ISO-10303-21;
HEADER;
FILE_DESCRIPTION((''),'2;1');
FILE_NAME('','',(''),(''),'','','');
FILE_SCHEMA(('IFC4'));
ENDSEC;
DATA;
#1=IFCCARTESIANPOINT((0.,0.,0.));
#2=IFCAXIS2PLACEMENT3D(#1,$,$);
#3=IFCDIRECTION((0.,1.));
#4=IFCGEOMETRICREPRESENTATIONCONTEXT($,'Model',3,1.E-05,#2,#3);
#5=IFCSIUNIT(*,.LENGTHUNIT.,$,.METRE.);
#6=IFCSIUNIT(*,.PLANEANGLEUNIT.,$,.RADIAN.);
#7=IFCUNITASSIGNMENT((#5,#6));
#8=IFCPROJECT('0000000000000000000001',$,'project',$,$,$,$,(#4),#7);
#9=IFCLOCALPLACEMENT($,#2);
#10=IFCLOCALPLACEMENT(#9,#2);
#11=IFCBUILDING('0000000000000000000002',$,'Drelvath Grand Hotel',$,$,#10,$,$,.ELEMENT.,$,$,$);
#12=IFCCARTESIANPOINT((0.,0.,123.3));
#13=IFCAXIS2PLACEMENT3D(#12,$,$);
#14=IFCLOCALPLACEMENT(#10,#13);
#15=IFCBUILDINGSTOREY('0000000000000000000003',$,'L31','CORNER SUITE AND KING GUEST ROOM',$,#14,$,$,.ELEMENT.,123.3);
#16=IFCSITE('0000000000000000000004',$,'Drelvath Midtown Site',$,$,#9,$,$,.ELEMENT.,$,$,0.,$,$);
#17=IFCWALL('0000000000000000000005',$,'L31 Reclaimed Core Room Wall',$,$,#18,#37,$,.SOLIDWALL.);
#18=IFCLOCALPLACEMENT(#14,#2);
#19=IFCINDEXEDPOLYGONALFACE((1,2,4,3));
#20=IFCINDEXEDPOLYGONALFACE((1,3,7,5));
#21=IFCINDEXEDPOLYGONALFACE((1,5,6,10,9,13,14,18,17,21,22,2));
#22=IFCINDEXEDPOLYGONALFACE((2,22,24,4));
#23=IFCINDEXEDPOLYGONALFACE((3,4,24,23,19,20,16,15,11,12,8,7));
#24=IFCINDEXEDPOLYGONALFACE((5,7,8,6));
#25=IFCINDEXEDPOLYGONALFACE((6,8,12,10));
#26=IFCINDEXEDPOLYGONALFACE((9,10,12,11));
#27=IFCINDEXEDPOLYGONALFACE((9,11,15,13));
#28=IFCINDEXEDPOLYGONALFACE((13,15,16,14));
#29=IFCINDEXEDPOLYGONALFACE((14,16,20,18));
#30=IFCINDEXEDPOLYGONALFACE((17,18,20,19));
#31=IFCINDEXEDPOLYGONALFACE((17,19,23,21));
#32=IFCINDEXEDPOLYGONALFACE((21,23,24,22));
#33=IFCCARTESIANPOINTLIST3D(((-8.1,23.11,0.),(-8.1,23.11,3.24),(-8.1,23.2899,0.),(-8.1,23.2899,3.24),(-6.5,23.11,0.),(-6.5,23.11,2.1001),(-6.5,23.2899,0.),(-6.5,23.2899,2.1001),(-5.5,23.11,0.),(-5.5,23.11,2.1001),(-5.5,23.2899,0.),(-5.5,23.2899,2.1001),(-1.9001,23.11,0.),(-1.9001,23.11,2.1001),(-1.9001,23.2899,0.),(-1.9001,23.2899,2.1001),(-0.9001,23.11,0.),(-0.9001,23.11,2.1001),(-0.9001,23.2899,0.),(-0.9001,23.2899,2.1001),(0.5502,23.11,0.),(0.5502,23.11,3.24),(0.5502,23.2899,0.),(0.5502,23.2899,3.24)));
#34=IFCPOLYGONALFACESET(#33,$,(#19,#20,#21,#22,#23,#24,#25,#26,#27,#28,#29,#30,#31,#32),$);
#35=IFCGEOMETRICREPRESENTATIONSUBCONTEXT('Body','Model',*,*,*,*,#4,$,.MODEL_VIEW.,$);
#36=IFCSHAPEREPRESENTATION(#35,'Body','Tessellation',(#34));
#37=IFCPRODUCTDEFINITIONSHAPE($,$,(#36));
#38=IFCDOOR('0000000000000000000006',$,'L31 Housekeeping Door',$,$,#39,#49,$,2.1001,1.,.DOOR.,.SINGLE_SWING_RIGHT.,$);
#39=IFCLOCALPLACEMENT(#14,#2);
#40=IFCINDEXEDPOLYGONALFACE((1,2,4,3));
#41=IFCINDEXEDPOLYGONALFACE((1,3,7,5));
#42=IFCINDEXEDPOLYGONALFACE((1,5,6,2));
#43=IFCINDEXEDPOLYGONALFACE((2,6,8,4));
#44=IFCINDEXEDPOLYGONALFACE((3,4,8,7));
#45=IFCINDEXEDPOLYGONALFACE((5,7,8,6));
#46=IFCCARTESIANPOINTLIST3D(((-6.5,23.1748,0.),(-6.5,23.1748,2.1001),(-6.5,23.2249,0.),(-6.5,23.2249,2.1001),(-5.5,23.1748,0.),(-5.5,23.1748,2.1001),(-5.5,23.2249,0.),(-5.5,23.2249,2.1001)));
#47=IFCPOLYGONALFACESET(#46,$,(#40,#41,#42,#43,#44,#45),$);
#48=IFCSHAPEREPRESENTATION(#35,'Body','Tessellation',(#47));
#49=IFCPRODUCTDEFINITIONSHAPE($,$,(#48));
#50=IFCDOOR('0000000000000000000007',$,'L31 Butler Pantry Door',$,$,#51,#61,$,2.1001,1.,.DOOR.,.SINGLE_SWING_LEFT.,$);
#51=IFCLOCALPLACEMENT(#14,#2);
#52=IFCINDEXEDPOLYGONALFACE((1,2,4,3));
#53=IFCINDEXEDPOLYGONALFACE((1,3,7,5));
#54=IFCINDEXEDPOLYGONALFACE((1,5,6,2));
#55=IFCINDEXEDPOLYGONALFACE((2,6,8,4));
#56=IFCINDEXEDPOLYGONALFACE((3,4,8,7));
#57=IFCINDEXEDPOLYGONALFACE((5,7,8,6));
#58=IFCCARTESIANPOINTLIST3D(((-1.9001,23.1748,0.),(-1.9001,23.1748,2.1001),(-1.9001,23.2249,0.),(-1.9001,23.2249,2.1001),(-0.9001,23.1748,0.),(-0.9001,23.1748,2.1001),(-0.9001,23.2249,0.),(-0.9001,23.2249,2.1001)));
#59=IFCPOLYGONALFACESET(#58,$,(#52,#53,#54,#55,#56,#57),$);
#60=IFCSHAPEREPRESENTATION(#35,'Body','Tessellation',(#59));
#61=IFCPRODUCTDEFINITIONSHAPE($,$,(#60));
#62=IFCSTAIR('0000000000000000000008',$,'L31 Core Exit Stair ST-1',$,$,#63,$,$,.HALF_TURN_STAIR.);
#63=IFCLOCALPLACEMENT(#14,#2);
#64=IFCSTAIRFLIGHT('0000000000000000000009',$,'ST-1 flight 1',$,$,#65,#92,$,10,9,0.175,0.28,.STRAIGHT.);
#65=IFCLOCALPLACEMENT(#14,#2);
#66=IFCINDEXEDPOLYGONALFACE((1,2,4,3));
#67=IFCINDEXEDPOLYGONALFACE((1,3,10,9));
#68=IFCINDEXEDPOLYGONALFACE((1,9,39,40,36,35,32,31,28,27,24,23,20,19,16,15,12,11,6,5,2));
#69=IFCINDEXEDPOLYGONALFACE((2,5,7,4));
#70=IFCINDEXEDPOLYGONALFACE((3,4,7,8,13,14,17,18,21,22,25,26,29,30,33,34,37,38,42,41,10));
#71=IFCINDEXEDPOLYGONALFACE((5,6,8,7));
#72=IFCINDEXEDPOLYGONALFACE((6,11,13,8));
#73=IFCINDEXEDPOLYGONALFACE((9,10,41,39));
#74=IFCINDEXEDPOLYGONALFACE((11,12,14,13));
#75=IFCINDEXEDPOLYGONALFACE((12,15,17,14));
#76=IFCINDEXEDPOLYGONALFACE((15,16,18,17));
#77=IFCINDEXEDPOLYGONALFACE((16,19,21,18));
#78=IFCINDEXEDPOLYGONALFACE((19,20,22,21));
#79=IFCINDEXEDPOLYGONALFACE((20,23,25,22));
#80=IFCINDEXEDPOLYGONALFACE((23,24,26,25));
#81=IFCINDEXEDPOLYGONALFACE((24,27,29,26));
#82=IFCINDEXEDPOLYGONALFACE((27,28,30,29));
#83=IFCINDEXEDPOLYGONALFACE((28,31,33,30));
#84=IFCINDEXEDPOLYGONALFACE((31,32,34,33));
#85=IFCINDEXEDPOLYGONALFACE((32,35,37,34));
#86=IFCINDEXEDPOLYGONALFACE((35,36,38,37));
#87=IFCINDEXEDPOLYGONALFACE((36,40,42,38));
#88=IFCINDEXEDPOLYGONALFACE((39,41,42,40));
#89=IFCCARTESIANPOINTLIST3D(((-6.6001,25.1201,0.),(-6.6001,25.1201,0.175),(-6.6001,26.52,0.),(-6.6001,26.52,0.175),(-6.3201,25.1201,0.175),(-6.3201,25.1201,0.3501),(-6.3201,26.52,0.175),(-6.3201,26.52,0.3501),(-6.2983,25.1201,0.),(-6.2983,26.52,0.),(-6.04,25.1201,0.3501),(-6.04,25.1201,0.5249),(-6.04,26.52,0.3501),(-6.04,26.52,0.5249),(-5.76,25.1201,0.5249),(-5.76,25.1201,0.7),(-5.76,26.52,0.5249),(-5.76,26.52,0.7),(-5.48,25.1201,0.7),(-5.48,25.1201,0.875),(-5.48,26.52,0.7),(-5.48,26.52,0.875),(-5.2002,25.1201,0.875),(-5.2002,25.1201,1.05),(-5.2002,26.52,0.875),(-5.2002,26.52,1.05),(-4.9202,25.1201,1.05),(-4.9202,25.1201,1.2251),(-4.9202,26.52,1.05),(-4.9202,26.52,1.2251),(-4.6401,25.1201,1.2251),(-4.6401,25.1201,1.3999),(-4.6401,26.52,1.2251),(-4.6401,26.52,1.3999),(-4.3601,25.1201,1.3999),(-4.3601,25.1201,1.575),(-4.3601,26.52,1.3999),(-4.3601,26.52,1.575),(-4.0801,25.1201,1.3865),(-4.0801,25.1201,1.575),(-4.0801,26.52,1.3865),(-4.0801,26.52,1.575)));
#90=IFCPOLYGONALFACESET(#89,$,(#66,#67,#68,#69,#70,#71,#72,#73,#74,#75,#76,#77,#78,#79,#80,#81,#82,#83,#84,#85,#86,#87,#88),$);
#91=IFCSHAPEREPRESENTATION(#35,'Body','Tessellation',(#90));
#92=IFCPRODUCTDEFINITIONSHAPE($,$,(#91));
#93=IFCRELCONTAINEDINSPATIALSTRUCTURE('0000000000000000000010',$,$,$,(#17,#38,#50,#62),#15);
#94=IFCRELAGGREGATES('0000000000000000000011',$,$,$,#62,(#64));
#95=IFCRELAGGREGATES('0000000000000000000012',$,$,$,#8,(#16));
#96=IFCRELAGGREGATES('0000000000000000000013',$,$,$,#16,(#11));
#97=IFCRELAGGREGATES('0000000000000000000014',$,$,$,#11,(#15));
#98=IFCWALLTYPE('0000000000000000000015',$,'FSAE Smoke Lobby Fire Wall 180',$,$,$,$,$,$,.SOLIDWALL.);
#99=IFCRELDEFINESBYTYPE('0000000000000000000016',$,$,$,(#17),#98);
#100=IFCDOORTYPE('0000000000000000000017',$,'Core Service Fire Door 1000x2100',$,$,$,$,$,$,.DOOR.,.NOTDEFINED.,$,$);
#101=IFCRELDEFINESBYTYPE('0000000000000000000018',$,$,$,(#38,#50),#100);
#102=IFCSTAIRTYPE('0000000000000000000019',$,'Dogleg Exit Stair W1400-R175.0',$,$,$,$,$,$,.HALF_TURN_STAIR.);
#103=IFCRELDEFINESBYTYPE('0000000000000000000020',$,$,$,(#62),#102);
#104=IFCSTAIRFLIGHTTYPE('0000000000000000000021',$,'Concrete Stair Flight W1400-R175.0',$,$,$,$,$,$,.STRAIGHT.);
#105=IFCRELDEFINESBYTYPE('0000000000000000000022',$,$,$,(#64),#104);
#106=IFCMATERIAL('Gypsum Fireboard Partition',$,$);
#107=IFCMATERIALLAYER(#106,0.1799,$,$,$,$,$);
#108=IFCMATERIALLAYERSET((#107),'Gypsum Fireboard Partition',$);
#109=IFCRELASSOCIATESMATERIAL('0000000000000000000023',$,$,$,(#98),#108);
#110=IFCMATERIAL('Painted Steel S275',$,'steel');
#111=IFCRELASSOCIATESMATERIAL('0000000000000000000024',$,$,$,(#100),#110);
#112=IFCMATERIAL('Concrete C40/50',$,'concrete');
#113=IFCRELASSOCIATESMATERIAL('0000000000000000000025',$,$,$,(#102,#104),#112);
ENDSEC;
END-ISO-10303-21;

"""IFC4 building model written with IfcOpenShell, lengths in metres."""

from ifc_helpers import new_model, si_unit, direction, frame, frame_2d, origin, place, context, subcontext, project, spatial, polyline, rectangle, outline, extrude, material, layer, layer_set, type_object, element, fill, aggregate, save


model = new_model("IFC4")

# Units and contexts
model_context = context("Model", 3, precision=1e-05, world=origin(), true_north=direction((0.0, 1.0)))
body_context = subcontext(model_context, "Body", "Model", "MODEL_VIEW")
ifc_project = project(units=[si_unit("LENGTHUNIT", "METRE"), si_unit("PLANEANGLEUNIT", "RADIAN")], contexts=[model_context])

# Site, building, storey
site_placement = place(None, origin())
site = spatial("IfcSite", under=ifc_project, at=site_placement, Name="Drelvath Midtown Site", CompositionType="ELEMENT", RefElevation=0.0)
building_placement = place(site_placement, origin())
building = spatial("IfcBuilding", under=site, at=building_placement, Name="Drelvath Grand Hotel", CompositionType="ELEMENT")
storey_placement = place(building_placement, frame((0.0, 0.0, 123.3)))
storey = spatial("IfcBuildingStorey", under=building, at=storey_placement, Name="L31", Description="CORNER SUITE AND KING GUEST ROOM", CompositionType="ELEMENT", Elevation=123.3)

# Shared definitions
ifc_material_1 = material(Name="Concrete C40/50", Category="concrete")
ifc_material_2 = material(Name="Painted Steel S275", Category="steel")
ifc_material_3 = material(Name="Gypsum Fireboard Partition")

# Wall, openings, doors
ifc_layer_1 = layer(ifc_material_3, 0.1799)
ifc_layer_set_1 = layer_set([ifc_layer_1], Name="Gypsum Fireboard Partition")
wall_type_1 = type_object("IfcWallType", Name="FSAE Smoke Lobby Fire Wall 180", PredefinedType="SOLIDWALL", material=ifc_layer_set_1)
wall_1_placement = place(storey_placement, frame((-8.1001, 23.2, 0.0), z_axis=(0.0, 0.0, 1.0), x_axis=(1.0, 0.0, 0.0)))
wall_1 = element("IfcWall", 1, at=wall_1_placement, inside=storey, type_object=wall_type_1, Name="L31 Reclaimed Core Room Wall", PredefinedType="SOLIDWALL", context=body_context, shape_type="SweptSolid", body=[
    extrude(rectangle(XDim=8.6501, YDim=0.1799, at=frame_2d((4.3252, 0.0))), origin(), (0.0, 0.0, 1.0), 3.24),
])
opening_1_placement = place(wall_1_placement, frame((1.6001, 0.0, 0.0)))
opening_1 = element("IfcOpeningElement", 2, at=opening_1_placement, cuts=wall_1, PredefinedType="OPENING", context=body_context, shape_type="SweptSolid", body=[
    extrude(rectangle(XDim=1.0, YDim=2.1001, at=frame_2d((0.5, 1.05))), frame((0.0, 0.0999, 0.0), z_axis=(0.0, -1.0, 0.0), x_axis=(1.0, 0.0, 0.0)), (0.0, 0.0, 1.0), 0.2),
])
opening_2_placement = place(wall_1_placement, frame((6.2, 0.0, 0.0)))
opening_2 = element("IfcOpeningElement", 3, at=opening_2_placement, cuts=wall_1, PredefinedType="OPENING", context=body_context, shape_type="SweptSolid", body=[
    extrude(rectangle(XDim=1.0, YDim=2.1001, at=frame_2d((0.5, 1.05))), frame((0.0, 0.0999, 0.0), z_axis=(0.0, -1.0, 0.0), x_axis=(1.0, 0.0, 0.0)), (0.0, 0.0, 1.0), 0.2),
])
door_type_1 = type_object("IfcDoorType", Name="Core Service Fire Door 1000x2100", OperationType="NOTDEFINED", PredefinedType="DOOR", material=ifc_material_2)
door_1_placement = place(opening_1_placement, origin())
door_1 = element("IfcDoor", 4, at=door_1_placement, inside=storey, type_object=door_type_1, Name="L31 Housekeeping Door", OperationType="SINGLE_SWING_RIGHT", OverallHeight=2.1001, OverallWidth=1.0, PredefinedType="DOOR", context=body_context, shape_type="SweptSolid", body=[
    extrude(rectangle(XDim=1.0, YDim=2.1001, at=frame_2d((0.5, 1.05))), frame((0.0, 0.0249, 0.0), z_axis=(0.0, -1.0, 0.0), x_axis=(1.0, 0.0, 0.0)), (0.0, 0.0, 1.0), 0.05),
])
fill(opening_1, door_1)
door_2_placement = place(opening_2_placement, origin())
door_2 = element("IfcDoor", 5, at=door_2_placement, inside=storey, type_object=door_type_1, Name="L31 Butler Pantry Door", OperationType="SINGLE_SWING_LEFT", OverallHeight=2.1001, OverallWidth=1.0, PredefinedType="DOOR", context=body_context, shape_type="SweptSolid", body=[
    extrude(rectangle(XDim=1.0, YDim=2.1001, at=frame_2d((0.5, 1.05))), frame((0.0, 0.0249, 0.0), z_axis=(0.0, -1.0, 0.0), x_axis=(1.0, 0.0, 0.0)), (0.0, 0.0, 1.0), 0.05),
])
fill(opening_2, door_2)

# Stair, stair flight
stair_type = type_object("IfcStairType", Name="Dogleg Exit Stair W1400-R175.0", PredefinedType="HALF_TURN_STAIR", material=ifc_material_1)
stair_placement = place(storey_placement, origin())
stair = element("IfcStair", 6, at=stair_placement, inside=storey, type_object=stair_type, Name="L31 Core Exit Stair ST-1", PredefinedType="HALF_TURN_STAIR")
stair_flight_type = type_object("IfcStairFlightType", Name="Concrete Stair Flight W1400-R175.0", PredefinedType="STRAIGHT", material=ifc_material_1)
stair_flight_placement = place(storey_placement, frame((-6.6001, 25.8201, 0.0), z_axis=(0.0, 0.0, 1.0), x_axis=(1.0, 0.0, 0.0)))
stair_flight = element("IfcStairFlight", 7, at=stair_flight_placement, type_object=stair_flight_type, Name="ST-1 flight 1", NumberOfRisers=10, NumberOfTreads=9, PredefinedType="STRAIGHT", RiserHeight=0.175, TreadLength=0.28, context=body_context, shape_type="SweptSolid", body=[
    extrude(outline(polyline([(0.0, 0.0), (0.0, 0.175), (0.28, 0.175), (0.28, 0.3501), (0.5601, 0.3501), (0.5601, 0.5249), (0.8401, 0.5249), (0.8401, 0.7), (1.1201, 0.7), (1.1201, 0.875), (1.3999, 0.875), (1.3999, 1.05), (1.6799, 1.05), (1.6799, 1.2251), (1.96, 1.2251), (1.96, 1.3999), (2.24, 1.3999), (2.24, 1.575), (2.52, 1.575), (2.52, 1.75), (2.52, 1.3865), (0.3018, 0.0), (0.0, 0.0)])), frame((0.0, 0.7, 0.0), z_axis=(0.0, -1.0, 0.0), x_axis=(1.0, 0.0, 0.0)), (0.0, 0.0, 1.0), 1.3999),
])
aggregate(stair, [stair_flight])

save(model, "model.ifc")
